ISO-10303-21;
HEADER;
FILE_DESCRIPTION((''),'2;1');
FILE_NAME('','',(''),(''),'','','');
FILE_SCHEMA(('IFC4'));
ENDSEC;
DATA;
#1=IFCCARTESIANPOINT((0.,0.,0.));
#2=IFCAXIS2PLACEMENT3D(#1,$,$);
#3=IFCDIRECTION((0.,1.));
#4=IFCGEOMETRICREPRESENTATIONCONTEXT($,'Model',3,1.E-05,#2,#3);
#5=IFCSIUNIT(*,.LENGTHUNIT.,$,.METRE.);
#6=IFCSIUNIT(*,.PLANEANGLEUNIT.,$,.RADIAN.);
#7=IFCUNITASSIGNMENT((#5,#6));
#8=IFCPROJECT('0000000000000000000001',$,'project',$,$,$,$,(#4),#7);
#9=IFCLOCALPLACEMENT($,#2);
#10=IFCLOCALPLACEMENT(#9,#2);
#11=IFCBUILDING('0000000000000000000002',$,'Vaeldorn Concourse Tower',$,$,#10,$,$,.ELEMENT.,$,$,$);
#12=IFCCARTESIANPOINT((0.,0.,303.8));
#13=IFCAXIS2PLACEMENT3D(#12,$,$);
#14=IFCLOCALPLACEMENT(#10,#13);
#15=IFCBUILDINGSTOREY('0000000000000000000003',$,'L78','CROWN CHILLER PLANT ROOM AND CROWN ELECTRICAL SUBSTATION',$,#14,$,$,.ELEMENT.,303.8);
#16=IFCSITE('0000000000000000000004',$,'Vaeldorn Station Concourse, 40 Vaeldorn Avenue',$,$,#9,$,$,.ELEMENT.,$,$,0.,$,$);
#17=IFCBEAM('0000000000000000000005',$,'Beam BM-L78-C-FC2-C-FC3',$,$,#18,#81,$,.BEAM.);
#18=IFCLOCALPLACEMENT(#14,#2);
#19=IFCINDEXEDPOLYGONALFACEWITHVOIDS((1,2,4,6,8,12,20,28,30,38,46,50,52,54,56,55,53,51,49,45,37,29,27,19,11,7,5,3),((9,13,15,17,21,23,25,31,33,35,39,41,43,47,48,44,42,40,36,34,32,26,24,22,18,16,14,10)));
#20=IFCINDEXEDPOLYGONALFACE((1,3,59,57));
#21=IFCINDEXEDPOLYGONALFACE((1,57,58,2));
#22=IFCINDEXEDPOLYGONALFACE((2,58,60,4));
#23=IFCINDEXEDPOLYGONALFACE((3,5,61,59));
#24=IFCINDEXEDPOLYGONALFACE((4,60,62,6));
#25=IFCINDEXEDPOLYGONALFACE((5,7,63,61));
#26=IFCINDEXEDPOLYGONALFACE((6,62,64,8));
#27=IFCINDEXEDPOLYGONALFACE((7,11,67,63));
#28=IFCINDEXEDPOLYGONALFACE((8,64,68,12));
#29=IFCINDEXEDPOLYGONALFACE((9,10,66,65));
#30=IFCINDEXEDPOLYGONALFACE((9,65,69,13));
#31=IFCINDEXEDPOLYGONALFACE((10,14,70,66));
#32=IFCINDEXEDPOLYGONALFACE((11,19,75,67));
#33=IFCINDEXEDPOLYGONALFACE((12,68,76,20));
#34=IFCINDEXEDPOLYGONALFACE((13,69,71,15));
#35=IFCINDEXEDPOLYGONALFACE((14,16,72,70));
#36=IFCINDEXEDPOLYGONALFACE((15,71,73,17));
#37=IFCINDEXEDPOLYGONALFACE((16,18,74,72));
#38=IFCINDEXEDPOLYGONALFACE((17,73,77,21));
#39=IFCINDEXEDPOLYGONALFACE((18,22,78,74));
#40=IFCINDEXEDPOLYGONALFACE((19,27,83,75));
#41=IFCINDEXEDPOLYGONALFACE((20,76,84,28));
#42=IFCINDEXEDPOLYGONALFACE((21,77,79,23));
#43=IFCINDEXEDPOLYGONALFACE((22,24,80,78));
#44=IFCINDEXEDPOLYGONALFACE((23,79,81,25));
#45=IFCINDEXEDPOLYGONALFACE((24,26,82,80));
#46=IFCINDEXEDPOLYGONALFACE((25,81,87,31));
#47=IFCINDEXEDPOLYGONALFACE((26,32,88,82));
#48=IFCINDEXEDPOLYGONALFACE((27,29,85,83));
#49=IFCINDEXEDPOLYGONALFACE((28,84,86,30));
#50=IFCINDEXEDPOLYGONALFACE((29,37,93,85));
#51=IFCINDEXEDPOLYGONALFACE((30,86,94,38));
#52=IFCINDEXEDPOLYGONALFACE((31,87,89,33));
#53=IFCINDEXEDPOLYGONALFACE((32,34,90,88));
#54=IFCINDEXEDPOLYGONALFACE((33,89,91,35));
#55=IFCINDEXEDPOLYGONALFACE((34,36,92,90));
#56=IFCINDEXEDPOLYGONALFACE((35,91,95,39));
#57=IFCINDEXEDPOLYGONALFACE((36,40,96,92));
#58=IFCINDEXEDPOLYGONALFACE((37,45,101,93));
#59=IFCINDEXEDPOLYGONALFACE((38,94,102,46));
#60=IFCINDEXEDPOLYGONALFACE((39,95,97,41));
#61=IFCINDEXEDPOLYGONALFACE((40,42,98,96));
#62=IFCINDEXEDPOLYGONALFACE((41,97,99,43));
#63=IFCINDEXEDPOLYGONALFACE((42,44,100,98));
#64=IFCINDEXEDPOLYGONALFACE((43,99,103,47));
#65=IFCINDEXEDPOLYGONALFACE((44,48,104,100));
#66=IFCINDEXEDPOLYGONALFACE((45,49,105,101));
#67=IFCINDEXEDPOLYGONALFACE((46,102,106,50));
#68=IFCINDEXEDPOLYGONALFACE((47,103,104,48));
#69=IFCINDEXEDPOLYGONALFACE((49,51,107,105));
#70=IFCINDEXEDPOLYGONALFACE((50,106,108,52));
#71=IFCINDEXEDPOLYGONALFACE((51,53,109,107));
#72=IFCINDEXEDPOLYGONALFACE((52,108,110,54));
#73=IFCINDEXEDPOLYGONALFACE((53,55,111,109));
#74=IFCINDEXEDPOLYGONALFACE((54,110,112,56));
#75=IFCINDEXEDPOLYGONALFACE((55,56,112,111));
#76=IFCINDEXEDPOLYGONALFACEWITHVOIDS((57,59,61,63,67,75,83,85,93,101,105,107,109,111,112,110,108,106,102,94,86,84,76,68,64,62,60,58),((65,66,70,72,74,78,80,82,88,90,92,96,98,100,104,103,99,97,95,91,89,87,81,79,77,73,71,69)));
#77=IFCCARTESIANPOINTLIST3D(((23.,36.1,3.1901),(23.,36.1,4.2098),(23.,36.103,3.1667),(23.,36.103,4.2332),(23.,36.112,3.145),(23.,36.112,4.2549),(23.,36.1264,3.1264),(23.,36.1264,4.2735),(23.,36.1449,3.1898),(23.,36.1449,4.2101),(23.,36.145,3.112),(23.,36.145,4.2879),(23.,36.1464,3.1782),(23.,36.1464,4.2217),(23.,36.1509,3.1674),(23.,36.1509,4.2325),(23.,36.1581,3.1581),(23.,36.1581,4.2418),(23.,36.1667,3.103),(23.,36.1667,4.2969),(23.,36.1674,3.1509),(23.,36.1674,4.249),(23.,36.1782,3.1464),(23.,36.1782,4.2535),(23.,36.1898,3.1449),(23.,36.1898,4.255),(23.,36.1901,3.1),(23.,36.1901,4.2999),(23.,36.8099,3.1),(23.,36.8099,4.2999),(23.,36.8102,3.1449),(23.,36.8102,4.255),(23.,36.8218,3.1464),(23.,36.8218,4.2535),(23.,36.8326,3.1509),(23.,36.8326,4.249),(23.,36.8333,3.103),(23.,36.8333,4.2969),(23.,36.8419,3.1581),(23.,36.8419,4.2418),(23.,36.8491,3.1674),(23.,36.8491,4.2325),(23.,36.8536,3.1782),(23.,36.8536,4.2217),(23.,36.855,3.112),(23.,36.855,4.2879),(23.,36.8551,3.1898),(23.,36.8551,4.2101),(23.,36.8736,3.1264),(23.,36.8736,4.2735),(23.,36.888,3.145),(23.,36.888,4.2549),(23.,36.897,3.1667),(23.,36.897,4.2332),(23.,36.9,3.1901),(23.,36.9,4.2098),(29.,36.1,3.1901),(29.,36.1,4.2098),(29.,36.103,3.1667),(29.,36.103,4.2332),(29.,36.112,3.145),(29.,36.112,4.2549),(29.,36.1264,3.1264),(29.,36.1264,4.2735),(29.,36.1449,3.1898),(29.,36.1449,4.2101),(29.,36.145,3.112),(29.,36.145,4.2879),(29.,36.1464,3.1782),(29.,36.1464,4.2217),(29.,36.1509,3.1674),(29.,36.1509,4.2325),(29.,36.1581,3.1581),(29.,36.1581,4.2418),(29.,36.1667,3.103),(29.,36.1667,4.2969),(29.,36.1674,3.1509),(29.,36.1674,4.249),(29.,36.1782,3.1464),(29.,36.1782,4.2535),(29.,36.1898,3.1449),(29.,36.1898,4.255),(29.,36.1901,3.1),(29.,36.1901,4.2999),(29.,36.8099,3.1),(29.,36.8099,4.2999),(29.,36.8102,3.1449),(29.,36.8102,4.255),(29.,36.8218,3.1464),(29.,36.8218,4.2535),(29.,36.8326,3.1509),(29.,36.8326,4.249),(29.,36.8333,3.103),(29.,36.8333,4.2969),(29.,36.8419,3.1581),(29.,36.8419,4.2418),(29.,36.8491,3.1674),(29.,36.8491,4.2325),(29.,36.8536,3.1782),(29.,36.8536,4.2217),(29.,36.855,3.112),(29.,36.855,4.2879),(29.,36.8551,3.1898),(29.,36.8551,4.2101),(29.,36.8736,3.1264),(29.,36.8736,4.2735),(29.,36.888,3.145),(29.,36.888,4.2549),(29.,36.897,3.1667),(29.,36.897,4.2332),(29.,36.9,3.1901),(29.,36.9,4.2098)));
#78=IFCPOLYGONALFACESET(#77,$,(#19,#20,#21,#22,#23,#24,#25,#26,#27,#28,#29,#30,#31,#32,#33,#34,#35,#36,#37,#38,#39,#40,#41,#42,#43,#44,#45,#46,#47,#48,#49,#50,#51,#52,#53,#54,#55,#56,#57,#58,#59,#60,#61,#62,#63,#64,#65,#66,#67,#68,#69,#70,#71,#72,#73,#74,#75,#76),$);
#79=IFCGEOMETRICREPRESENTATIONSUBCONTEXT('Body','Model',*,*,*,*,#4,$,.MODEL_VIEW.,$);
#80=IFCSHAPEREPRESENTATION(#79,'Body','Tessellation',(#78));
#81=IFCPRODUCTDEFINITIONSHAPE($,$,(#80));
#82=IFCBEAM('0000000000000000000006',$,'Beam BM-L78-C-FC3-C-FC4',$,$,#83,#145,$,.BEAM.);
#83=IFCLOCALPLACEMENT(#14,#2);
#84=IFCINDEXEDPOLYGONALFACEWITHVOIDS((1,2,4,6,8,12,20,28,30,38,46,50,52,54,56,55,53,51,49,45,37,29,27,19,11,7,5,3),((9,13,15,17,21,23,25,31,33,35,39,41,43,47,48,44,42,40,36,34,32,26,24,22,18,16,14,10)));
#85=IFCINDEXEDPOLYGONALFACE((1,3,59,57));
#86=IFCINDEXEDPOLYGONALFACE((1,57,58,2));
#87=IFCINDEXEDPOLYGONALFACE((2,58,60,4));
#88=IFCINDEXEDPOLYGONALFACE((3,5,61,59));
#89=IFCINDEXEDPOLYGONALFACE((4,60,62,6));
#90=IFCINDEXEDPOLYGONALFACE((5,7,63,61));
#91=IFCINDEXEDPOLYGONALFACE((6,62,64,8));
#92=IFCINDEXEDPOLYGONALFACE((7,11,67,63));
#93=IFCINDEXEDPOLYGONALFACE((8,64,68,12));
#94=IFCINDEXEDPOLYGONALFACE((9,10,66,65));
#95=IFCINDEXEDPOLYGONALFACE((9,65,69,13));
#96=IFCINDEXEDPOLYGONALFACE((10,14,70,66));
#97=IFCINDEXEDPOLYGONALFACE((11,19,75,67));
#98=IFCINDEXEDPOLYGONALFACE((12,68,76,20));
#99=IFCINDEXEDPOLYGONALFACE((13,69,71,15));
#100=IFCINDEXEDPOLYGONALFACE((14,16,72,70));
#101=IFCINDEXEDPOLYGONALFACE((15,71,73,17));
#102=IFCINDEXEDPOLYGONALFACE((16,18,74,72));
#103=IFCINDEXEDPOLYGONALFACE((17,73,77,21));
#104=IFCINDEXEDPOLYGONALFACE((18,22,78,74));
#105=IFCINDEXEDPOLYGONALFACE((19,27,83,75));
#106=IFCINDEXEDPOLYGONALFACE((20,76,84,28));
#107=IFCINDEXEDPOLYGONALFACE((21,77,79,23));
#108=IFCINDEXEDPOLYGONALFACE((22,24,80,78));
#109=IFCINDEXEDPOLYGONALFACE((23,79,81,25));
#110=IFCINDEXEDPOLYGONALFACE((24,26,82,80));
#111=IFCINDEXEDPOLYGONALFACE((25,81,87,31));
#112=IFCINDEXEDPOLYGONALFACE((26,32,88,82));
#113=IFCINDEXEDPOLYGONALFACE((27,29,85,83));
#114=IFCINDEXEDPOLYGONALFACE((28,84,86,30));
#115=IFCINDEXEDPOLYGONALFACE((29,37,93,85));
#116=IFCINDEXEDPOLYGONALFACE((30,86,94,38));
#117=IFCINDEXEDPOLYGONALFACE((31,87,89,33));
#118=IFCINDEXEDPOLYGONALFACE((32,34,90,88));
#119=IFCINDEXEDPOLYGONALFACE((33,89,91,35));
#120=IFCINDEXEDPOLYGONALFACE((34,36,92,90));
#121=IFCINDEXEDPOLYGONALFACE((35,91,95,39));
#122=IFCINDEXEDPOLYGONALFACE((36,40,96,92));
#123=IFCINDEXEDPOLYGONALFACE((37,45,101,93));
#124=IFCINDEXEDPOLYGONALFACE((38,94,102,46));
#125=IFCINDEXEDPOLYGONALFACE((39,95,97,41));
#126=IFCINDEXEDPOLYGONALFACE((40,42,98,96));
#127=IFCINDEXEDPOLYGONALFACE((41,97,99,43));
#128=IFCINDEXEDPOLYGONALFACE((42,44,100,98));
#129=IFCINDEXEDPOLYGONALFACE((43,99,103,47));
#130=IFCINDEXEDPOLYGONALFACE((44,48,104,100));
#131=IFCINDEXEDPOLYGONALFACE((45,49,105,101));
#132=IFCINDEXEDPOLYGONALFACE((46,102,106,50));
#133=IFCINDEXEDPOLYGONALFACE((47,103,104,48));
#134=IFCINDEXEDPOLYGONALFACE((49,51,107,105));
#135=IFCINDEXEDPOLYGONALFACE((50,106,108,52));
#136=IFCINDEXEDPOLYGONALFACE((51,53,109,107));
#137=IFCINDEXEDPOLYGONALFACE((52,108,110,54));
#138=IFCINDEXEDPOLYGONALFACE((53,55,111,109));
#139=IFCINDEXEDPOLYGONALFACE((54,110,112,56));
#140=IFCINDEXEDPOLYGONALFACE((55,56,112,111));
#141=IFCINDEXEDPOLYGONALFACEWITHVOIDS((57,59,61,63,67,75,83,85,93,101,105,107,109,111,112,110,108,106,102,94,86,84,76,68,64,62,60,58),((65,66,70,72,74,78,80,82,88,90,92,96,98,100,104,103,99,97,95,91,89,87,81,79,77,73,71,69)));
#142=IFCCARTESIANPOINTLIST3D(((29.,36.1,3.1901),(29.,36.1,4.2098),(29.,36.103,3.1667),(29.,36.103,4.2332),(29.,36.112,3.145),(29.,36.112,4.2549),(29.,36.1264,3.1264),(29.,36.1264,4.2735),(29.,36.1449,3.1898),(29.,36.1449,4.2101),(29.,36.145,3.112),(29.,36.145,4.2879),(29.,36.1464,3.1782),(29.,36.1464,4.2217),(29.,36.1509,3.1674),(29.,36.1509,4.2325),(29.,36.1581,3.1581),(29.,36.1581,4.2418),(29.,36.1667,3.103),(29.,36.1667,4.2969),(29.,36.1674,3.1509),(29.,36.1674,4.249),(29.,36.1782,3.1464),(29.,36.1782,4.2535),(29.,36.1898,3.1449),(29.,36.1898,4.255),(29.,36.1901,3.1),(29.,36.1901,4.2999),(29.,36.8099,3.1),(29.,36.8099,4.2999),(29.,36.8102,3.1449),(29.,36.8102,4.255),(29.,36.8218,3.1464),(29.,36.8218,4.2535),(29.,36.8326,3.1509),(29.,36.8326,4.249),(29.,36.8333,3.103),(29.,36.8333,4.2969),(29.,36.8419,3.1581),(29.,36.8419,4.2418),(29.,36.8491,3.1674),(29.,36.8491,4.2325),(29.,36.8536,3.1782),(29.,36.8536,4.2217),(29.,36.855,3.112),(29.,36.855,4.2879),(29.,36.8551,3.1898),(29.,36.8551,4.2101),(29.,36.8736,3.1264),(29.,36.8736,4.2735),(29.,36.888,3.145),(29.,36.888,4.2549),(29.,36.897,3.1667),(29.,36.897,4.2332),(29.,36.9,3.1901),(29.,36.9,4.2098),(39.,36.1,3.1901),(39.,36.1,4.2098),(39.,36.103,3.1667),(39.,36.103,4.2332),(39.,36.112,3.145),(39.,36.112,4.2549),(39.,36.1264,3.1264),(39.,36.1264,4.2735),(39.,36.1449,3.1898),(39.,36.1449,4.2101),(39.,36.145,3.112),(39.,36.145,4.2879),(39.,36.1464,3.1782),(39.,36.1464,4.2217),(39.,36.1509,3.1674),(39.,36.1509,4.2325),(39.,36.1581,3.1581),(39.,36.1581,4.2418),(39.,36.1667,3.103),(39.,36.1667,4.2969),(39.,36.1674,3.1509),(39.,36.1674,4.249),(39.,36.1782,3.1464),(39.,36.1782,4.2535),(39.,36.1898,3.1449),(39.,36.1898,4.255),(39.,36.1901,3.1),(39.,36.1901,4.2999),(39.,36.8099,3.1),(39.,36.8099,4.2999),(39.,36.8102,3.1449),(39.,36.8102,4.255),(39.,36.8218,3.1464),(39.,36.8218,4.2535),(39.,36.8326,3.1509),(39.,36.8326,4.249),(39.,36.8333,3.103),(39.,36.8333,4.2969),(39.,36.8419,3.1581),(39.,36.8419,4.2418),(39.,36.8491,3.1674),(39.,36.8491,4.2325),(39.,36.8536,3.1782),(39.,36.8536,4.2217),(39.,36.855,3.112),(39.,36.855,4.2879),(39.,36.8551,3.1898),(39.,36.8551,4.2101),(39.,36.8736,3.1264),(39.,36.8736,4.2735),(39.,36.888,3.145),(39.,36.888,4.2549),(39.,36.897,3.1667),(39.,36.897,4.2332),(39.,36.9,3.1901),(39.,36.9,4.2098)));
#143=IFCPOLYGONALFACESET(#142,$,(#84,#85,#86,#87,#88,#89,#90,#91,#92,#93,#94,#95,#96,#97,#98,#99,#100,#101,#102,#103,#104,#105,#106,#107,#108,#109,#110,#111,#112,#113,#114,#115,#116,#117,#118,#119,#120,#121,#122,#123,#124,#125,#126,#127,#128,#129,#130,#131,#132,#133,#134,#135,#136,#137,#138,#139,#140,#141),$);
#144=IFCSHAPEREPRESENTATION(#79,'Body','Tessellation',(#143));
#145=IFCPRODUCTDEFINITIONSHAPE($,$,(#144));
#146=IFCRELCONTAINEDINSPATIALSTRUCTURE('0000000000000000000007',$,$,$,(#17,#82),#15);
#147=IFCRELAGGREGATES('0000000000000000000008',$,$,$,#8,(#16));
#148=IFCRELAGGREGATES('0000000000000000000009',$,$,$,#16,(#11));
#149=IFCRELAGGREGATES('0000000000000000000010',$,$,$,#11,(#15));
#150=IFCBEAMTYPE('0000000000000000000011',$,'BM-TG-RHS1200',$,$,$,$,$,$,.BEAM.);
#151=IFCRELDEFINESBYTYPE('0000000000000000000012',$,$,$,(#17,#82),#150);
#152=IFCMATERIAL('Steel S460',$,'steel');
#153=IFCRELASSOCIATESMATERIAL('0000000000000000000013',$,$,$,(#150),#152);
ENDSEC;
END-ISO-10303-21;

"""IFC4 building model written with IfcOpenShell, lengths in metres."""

from ifc_helpers import new_model, si_unit, direction, frame, origin, origin_2d, place, context, subcontext, project, spatial, hollow_rectangle, extrude, source, transform, mapped, material, material_profile, profile_set, type_object, element, save


model = new_model("IFC4")

# Units and contexts
model_context = context("Model", 3, precision=1e-05, world=origin(), true_north=direction((0.0, 1.0)))
body_context = subcontext(model_context, "Body", "Model", "MODEL_VIEW")
ifc_project = project(units=[si_unit("LENGTHUNIT", "METRE"), si_unit("PLANEANGLEUNIT", "RADIAN")], contexts=[model_context])

# Site, building, storey
site_placement = place(None, origin())
site = spatial("IfcSite", under=ifc_project, at=site_placement, Name="Vaeldorn Station Concourse, 40 Vaeldorn Avenue", CompositionType="ELEMENT", RefElevation=0.0)
building_placement = place(site_placement, origin())
building = spatial("IfcBuilding", under=site, at=building_placement, Name="Vaeldorn Concourse Tower", CompositionType="ELEMENT")
storey_placement = place(building_placement, frame((0.0, 0.0, 303.8)))
storey = spatial("IfcBuildingStorey", under=building, at=storey_placement, Name="L78", Description="CROWN CHILLER PLANT ROOM AND CROWN ELECTRICAL SUBSTATION", CompositionType="ELEMENT", Elevation=303.8)

# Beams
ifc_material_1 = material(Name="Steel S460", Category="steel")
ifc_material_profile_1 = material_profile(ifc_material_1, hollow_rectangle(XDim=0.8, YDim=1.2, WallThickness=0.0449, InnerFilletRadius=0.0449, OuterFilletRadius=0.0901, at=origin_2d()), Name="RHS 1200x800x45")
ifc_profile_set_1 = profile_set([ifc_material_profile_1], Name="Steel S460")
beam_type = type_object("IfcBeamType", Name="BM-TG-RHS1200", PredefinedType="BEAM", material=ifc_profile_set_1)
shared_shape_1 = source(origin(), body_context, "Body", "SweptSolid", [
    extrude(hollow_rectangle(XDim=0.8, YDim=1.2, WallThickness=0.0449, InnerFilletRadius=0.0449, OuterFilletRadius=0.0901, at=origin_2d()), origin(), (0.0, 0.0, 1.0), 6.0),
])
beam_1_placement = place(storey_placement, frame((23.0, 36.5, 3.7), z_axis=(1.0, 0.0, 0.0), x_axis=(0.0, 1.0, 0.0)))
element("IfcBeam", 1, at=beam_1_placement, inside=storey, type_object=beam_type, Name="Beam BM-L78-C-FC2-C-FC3", PredefinedType="BEAM", context=body_context, shape_type="MappedRepresentation", body=[
    mapped(shared_shape_1, transform((0.0, 0.0, 0.0), scale=1.0)),
])
shared_shape_2 = source(origin(), body_context, "Body", "SweptSolid", [
    extrude(hollow_rectangle(XDim=0.8, YDim=1.2, WallThickness=0.0449, InnerFilletRadius=0.0449, OuterFilletRadius=0.0901, at=origin_2d()), origin(), (0.0, 0.0, 1.0), 10.0),
])
beam_2_placement = place(storey_placement, frame((29.0, 36.5, 3.7), z_axis=(1.0, 0.0, 0.0), x_axis=(0.0, 1.0, 0.0)))
element("IfcBeam", 2, at=beam_2_placement, inside=storey, type_object=beam_type, Name="Beam BM-L78-C-FC3-C-FC4", PredefinedType="BEAM", context=body_context, shape_type="MappedRepresentation", body=[
    mapped(shared_shape_2, transform((0.0, 0.0, 0.0), scale=1.0)),
])

save(model, "model.ifc")
